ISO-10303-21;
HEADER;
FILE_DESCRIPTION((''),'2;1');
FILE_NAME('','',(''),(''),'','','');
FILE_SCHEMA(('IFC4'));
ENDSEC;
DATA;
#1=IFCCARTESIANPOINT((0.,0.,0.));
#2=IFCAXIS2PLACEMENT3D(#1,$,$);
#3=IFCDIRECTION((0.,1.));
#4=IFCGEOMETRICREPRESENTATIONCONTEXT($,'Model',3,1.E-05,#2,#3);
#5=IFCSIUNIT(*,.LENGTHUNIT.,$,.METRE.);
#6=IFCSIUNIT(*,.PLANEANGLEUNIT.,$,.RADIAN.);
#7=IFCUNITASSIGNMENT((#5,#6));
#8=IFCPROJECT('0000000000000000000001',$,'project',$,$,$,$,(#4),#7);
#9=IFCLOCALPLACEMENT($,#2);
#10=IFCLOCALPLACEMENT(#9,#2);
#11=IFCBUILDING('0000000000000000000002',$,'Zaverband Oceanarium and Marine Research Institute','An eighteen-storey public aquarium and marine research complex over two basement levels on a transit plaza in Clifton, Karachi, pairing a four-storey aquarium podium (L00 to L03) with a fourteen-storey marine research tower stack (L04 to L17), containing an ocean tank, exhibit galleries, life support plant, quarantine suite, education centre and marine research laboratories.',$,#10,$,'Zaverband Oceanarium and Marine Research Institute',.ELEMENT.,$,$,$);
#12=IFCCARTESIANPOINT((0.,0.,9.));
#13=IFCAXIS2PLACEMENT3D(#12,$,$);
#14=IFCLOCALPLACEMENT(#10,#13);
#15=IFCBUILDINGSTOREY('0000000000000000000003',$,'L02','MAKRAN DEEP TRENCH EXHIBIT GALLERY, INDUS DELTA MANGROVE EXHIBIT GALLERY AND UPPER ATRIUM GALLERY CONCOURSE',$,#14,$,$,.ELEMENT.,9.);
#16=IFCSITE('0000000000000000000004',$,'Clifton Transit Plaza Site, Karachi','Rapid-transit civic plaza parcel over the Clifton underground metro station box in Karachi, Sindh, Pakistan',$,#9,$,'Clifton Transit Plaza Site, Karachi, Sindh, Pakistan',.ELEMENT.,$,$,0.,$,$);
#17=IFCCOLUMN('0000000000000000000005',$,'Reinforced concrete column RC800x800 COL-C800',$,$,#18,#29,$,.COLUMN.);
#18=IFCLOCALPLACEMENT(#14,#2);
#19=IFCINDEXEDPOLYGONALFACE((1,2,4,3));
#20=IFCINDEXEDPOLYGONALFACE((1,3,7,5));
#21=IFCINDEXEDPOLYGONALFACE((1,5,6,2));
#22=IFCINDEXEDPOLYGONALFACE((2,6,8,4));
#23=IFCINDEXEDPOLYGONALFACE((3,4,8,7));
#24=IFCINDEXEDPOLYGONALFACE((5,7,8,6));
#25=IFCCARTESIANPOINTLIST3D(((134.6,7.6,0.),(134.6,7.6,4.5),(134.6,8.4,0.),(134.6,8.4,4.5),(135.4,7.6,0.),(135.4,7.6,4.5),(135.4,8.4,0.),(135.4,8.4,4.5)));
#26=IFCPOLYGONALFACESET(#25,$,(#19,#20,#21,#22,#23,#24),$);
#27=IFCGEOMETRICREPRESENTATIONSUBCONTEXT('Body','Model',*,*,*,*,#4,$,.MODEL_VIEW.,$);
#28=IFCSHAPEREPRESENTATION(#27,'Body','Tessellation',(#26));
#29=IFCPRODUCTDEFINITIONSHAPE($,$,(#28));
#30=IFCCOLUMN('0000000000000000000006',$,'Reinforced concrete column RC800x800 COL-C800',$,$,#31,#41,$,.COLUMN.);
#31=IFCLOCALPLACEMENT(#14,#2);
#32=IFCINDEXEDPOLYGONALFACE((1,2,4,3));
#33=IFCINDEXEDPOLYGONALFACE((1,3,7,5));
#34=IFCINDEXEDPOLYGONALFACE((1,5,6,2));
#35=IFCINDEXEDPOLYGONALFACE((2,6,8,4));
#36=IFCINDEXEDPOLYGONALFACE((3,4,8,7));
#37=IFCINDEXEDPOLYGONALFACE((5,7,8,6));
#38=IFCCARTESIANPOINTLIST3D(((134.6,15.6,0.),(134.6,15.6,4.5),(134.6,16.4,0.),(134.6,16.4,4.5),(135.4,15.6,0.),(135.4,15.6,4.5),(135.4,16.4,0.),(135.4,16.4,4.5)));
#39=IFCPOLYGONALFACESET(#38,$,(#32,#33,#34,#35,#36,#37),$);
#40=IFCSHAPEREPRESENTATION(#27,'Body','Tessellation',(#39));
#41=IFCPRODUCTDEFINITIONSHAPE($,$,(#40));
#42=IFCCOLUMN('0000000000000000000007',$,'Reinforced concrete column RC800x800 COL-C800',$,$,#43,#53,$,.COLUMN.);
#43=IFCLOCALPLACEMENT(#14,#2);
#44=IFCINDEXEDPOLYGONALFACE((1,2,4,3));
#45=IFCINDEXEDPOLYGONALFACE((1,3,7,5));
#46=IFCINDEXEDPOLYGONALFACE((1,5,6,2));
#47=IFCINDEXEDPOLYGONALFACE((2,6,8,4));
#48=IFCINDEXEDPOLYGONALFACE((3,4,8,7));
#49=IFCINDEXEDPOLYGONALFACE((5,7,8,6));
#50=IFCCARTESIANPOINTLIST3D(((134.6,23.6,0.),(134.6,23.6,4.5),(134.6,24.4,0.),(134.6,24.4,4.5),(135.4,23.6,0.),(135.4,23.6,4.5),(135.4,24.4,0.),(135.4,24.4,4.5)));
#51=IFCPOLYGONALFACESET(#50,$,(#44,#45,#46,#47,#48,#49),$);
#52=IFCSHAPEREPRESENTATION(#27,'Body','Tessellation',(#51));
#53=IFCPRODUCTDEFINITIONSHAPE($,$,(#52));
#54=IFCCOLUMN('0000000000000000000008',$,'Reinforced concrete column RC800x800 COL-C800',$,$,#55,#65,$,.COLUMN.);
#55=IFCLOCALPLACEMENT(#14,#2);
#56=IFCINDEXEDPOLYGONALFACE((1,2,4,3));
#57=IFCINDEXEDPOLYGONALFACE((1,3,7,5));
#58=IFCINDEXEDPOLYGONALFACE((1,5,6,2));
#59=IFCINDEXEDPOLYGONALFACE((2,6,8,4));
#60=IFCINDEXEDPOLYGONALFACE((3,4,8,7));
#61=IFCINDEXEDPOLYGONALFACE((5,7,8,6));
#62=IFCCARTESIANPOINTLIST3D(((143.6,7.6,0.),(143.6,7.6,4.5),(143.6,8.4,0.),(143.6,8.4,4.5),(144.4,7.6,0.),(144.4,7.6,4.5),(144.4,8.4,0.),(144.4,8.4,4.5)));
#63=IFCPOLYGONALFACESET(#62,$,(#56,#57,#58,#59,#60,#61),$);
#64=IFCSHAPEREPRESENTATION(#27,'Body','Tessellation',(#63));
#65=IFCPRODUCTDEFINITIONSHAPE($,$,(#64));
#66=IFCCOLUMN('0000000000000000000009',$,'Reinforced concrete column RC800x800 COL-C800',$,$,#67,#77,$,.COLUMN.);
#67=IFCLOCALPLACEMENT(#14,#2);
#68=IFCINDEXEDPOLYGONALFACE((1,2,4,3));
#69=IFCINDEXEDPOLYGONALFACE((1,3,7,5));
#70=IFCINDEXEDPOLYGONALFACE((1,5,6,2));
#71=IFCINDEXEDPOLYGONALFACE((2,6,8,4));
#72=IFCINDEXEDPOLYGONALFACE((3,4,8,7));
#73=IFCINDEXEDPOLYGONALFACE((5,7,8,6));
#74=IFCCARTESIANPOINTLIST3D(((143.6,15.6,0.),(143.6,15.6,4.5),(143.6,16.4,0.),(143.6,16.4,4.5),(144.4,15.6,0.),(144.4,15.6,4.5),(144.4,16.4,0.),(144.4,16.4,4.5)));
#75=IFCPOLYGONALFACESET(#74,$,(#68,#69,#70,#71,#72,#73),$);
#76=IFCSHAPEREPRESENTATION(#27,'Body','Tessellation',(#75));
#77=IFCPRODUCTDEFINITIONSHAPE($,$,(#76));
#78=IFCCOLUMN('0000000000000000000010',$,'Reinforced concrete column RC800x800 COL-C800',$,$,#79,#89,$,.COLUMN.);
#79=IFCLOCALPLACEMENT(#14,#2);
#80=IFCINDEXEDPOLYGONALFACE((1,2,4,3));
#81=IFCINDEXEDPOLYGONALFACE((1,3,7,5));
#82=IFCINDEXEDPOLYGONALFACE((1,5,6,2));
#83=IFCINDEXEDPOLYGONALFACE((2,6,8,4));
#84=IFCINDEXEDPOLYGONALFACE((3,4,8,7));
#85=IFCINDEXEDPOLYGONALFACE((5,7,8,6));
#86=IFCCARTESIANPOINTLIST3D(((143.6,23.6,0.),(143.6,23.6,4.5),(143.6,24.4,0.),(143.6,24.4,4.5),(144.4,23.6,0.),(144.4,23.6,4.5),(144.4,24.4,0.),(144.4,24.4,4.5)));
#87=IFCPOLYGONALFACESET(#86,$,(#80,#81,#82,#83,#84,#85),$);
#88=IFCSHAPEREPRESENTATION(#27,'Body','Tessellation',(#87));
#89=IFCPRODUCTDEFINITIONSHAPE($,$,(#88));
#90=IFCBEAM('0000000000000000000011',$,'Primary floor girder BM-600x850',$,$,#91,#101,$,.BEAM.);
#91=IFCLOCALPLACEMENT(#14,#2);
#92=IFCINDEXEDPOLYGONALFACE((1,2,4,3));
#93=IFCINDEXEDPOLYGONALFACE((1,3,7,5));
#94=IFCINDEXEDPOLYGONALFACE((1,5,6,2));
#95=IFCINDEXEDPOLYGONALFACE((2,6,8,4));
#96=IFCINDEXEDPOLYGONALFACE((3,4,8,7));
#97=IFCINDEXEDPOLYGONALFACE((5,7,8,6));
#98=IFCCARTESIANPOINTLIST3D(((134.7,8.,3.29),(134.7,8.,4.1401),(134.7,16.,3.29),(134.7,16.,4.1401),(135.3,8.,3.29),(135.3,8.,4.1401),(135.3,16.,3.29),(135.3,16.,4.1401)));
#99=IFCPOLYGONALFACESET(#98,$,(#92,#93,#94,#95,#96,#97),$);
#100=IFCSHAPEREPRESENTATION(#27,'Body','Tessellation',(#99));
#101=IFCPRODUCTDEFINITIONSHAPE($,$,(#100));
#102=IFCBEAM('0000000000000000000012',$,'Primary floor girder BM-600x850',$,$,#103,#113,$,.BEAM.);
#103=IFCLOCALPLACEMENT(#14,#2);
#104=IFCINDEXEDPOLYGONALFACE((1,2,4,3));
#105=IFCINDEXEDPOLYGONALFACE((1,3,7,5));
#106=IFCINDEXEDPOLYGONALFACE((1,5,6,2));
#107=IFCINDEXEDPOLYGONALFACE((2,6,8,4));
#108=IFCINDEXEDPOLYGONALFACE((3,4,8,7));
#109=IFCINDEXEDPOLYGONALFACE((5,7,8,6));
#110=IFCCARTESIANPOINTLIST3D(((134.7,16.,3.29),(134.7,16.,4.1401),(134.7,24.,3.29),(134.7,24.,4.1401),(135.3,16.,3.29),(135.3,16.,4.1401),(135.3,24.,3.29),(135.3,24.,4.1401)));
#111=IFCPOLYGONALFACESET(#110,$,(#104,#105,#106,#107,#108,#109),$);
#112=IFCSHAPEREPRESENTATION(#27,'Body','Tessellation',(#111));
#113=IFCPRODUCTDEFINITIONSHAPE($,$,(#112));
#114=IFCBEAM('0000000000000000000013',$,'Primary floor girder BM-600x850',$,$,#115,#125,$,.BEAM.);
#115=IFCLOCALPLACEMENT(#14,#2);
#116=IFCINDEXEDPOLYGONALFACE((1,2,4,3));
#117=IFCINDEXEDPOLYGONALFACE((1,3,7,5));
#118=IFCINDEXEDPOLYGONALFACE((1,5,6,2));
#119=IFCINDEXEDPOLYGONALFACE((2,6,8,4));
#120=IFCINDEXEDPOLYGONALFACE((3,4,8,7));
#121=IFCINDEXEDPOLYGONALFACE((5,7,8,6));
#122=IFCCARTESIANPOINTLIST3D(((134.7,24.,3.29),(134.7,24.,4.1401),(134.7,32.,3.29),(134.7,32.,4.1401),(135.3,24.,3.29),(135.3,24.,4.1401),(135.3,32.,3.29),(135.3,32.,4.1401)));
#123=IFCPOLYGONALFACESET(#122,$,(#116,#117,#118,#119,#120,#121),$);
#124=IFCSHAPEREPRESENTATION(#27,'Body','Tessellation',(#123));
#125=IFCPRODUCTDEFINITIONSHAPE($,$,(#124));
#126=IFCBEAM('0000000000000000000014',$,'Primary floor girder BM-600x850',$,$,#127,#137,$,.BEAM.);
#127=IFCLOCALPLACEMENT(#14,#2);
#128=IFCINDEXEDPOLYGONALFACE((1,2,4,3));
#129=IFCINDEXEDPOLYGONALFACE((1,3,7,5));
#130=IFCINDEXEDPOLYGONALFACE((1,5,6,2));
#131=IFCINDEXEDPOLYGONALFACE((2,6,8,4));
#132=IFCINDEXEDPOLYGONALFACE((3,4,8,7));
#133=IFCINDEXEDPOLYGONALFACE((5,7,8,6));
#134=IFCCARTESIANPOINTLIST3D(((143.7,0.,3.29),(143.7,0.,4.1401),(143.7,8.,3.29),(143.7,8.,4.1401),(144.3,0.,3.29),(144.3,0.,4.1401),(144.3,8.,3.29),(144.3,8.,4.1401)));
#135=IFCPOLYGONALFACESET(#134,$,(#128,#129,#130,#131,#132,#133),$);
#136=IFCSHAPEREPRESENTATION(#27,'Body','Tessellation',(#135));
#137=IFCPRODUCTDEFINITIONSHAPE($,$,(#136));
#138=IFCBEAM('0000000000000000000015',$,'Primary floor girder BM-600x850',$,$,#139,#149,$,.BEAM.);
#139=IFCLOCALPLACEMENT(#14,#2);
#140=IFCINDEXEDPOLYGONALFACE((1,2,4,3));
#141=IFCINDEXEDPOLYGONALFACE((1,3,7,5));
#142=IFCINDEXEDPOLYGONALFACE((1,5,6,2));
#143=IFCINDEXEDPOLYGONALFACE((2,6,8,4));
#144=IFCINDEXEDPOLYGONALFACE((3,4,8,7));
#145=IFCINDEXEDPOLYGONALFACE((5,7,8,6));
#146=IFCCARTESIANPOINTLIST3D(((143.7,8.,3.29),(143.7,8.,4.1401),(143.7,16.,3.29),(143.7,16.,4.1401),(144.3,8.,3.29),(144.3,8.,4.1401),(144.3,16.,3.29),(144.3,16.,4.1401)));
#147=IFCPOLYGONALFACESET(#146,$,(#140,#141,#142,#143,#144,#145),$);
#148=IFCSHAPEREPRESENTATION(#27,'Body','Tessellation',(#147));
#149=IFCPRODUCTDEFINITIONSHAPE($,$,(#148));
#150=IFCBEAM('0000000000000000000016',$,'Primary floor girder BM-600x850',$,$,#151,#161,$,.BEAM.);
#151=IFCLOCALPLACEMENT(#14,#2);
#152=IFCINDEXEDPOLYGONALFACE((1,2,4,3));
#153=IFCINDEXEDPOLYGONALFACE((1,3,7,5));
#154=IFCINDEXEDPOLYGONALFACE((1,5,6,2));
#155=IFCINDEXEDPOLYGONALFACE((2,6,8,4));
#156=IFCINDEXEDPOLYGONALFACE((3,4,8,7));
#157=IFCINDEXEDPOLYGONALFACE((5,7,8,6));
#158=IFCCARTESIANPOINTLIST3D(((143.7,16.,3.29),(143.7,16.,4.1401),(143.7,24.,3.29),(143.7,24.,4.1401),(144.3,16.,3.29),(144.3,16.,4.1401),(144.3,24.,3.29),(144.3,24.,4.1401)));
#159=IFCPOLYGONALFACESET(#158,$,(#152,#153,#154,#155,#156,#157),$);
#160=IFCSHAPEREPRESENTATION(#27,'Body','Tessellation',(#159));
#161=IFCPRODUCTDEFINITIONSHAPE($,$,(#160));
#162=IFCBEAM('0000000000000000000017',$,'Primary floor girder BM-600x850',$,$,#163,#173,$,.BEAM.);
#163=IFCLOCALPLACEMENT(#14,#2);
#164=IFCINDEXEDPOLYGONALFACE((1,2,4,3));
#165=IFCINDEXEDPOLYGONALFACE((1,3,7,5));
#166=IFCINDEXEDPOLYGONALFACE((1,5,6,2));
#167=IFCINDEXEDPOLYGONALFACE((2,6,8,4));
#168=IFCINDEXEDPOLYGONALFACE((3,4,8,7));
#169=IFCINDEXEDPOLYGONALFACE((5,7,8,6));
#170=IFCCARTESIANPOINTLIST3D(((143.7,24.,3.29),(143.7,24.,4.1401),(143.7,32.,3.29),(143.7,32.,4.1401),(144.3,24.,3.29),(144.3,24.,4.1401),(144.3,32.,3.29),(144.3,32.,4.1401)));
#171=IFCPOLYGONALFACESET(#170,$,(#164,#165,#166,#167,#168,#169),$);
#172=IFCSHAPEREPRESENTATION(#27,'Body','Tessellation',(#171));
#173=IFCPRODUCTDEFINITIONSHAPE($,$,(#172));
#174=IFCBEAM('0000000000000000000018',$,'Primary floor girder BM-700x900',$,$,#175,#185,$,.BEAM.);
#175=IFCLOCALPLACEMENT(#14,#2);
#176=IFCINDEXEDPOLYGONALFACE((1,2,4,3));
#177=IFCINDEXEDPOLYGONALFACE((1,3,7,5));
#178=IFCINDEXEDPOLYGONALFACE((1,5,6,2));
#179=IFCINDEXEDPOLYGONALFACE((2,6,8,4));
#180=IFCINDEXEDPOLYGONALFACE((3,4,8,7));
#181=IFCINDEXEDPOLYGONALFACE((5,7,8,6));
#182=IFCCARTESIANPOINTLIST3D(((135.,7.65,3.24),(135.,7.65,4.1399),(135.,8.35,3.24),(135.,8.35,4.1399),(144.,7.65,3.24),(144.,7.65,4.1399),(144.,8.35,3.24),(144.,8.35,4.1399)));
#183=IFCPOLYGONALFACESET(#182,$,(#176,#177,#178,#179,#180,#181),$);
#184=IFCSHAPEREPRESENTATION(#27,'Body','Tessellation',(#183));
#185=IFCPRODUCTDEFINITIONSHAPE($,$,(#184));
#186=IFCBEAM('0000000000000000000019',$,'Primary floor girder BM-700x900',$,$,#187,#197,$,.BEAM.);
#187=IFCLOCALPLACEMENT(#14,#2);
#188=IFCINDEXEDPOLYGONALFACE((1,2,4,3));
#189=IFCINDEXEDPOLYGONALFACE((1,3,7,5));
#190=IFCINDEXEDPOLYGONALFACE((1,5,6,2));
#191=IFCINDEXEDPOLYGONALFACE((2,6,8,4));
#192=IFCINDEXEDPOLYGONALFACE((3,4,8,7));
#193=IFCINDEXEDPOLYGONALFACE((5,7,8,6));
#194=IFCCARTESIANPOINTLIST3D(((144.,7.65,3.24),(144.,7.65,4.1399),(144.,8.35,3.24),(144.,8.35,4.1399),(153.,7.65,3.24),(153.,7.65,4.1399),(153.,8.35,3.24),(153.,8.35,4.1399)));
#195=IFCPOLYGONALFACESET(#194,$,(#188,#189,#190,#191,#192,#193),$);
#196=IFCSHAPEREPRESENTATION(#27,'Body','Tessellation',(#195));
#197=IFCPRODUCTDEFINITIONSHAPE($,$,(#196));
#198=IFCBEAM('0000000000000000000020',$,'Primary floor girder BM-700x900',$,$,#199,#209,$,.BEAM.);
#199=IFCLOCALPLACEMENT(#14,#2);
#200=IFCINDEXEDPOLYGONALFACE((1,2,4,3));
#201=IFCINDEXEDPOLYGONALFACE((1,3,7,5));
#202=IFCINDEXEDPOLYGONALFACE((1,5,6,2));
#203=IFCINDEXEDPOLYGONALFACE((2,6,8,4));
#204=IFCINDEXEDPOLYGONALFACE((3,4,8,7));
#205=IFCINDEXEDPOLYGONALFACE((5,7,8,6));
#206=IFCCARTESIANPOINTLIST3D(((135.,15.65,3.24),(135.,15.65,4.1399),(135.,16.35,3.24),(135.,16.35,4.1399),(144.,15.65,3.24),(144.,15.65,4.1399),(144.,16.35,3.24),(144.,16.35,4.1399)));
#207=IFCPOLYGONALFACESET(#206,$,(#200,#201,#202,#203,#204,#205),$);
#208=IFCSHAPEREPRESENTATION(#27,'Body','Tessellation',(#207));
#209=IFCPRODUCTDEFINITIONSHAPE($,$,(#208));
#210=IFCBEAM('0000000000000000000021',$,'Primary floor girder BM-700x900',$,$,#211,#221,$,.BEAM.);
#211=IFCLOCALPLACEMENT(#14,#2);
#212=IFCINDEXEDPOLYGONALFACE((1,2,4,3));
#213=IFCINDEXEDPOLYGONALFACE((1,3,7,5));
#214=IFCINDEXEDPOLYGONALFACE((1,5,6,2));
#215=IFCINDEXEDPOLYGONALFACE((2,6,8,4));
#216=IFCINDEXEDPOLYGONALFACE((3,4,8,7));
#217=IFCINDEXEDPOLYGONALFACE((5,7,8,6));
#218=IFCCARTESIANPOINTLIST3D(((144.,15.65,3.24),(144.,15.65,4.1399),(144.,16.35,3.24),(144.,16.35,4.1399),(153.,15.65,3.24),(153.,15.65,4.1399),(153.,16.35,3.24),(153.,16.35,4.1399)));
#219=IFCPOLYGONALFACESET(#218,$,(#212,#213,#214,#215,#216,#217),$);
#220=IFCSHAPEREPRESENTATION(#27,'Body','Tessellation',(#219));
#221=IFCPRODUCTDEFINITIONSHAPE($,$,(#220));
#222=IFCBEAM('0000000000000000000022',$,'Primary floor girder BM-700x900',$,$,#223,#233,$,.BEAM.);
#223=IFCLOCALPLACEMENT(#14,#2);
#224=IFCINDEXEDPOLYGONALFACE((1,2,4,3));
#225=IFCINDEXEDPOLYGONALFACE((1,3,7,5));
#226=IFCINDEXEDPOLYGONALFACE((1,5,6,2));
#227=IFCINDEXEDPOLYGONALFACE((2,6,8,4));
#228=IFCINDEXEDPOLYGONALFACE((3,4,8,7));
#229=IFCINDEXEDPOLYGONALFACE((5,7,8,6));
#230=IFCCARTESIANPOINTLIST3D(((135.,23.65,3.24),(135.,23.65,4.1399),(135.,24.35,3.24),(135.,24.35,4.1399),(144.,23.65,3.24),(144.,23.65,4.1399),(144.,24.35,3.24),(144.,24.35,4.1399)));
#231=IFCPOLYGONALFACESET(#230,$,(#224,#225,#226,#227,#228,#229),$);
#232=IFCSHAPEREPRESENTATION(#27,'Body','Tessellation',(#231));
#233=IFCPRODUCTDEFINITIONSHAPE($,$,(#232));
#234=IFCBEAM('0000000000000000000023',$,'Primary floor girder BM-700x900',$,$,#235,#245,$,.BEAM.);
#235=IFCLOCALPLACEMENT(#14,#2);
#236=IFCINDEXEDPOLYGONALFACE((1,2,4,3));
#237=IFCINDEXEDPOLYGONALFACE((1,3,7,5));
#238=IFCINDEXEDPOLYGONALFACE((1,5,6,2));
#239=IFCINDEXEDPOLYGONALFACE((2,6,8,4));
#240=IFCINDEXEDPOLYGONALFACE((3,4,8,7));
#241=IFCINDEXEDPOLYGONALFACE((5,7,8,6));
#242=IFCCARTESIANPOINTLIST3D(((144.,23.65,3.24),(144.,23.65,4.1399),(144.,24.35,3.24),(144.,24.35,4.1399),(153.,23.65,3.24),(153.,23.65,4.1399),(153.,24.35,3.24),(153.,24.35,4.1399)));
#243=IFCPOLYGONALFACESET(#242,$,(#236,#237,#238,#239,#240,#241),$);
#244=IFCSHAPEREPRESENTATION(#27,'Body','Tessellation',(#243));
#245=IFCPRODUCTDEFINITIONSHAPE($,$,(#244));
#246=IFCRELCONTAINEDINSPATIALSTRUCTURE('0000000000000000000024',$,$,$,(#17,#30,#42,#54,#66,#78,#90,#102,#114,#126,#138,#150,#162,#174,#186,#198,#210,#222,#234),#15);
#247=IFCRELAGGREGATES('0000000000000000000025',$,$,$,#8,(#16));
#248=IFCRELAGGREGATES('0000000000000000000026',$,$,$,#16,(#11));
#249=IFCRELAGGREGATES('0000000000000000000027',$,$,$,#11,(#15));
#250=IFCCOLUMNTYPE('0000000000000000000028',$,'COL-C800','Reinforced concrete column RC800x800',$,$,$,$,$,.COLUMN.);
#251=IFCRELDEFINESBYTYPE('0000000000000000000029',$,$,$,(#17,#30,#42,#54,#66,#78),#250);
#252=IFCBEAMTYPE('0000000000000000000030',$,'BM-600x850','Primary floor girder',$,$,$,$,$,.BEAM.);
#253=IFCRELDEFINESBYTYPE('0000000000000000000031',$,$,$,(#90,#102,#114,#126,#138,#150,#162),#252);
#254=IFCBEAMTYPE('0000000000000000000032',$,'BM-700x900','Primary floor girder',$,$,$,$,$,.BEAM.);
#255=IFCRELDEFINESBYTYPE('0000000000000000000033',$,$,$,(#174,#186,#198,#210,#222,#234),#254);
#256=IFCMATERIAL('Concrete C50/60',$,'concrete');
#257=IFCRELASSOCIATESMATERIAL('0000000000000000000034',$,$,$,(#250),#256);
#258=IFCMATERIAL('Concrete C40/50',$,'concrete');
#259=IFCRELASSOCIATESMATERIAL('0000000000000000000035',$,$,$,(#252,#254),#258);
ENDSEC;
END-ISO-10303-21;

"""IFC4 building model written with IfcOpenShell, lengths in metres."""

from ifc_helpers import new_model, si_unit, direction, frame, origin, origin_2d, place, context, subcontext, project, spatial, rectangle, extrude, material, material_profile, profile_set, type_object, element, save


model = new_model("IFC4")

# Units and contexts
model_context = context("Model", 3, precision=1e-05, world=origin(), true_north=direction((0.0, 1.0)))
body_context = subcontext(model_context, "Body", "Model", "MODEL_VIEW")
ifc_project = project(units=[si_unit("LENGTHUNIT", "METRE"), si_unit("PLANEANGLEUNIT", "RADIAN")], contexts=[model_context])

# Site, building, storey
site_placement = place(None, origin())
site = spatial("IfcSite", under=ifc_project, at=site_placement, Name="Clifton Transit Plaza Site, Karachi", Description="Rapid-transit civic plaza parcel over the Clifton underground metro station box in Karachi, Sindh, Pakistan", LongName="Clifton Transit Plaza Site, Karachi, Sindh, Pakistan", CompositionType="ELEMENT", RefElevation=0.0)
building_placement = place(site_placement, origin())
building = spatial("IfcBuilding", under=site, at=building_placement, Name="Zaverband Oceanarium and Marine Research Institute", Description="An eighteen-storey public aquarium and marine research complex over two basement levels on a transit plaza in Clifton, Karachi, pairing a four-storey aquarium podium (L00 to L03) with a fourteen-storey marine research tower stack (L04 to L17), containing an ocean tank, exhibit galleries, life support plant, quarantine suite, education centre and marine research laboratories.", LongName="Zaverband Oceanarium and Marine Research Institute", CompositionType="ELEMENT")
storey_placement = place(building_placement, frame((0.0, 0.0, 9.0)))
storey = spatial("IfcBuildingStorey", under=building, at=storey_placement, Name="L02", Description="MAKRAN DEEP TRENCH EXHIBIT GALLERY, INDUS DELTA MANGROVE EXHIBIT GALLERY AND UPPER ATRIUM GALLERY CONCOURSE", CompositionType="ELEMENT", Elevation=9.0)

# Columns
ifc_material_1 = material(Name="Concrete C50/60", Category="concrete")
ifc_material_profile_1 = material_profile(ifc_material_1, rectangle(XDim=0.8, YDim=0.8, at=origin_2d()), Name="RC800x800")
ifc_profile_set_1 = profile_set([ifc_material_profile_1], Name="Concrete C50/60")
column_type = type_object("IfcColumnType", Name="COL-C800", Description="Reinforced concrete column RC800x800", PredefinedType="COLUMN", material=ifc_profile_set_1)
for number, where, z_axis, x_axis, name in (
    (1, (135.0, 8.0, 0.0), (0.0, 0.0, 1.0), (1.0, 0.0, 0.0), "Reinforced concrete column RC800x800 COL-C800"),
    (2, (135.0, 16.0, 0.0), (0.0, 0.0, 1.0), (1.0, 0.0, 0.0), "Reinforced concrete column RC800x800 COL-C800"),
    (3, (135.0, 24.0, 0.0), (0.0, 0.0, 1.0), (1.0, 0.0, 0.0), "Reinforced concrete column RC800x800 COL-C800"),
    (4, (144.0, 8.0, 0.0), (0.0, 0.0, 1.0), (1.0, 0.0, 0.0), "Reinforced concrete column RC800x800 COL-C800"),
    (5, (144.0, 16.0, 0.0), (0.0, 0.0, 1.0), (1.0, 0.0, 0.0), "Reinforced concrete column RC800x800 COL-C800"),
    (6, (144.0, 24.0, 0.0), (0.0, 0.0, 1.0), (1.0, 0.0, 0.0), "Reinforced concrete column RC800x800 COL-C800"),
):
    element("IfcColumn", number, at=place(storey_placement, frame(where, z_axis=z_axis, x_axis=x_axis)), inside=storey, type_object=column_type, Name=name, PredefinedType="COLUMN", context=body_context, shape_type="SweptSolid", body=[
        extrude(rectangle(XDim=0.8, YDim=0.8, at=origin_2d()), origin(), (0.0, 0.0, 1.0), 4.5),
    ])

# Beams
ifc_material_2 = material(Name="Concrete C40/50", Category="concrete")
ifc_material_profile_2 = material_profile(ifc_material_2, rectangle(XDim=0.6001, YDim=0.8501, at=origin_2d()), Name="RC600x850")
ifc_profile_set_2 = profile_set([ifc_material_profile_2], Name="Concrete C40/50")
beam_type_1 = type_object("IfcBeamType", Name="BM-600x850", Description="Primary floor girder", PredefinedType="BEAM", material=ifc_profile_set_2)
for number, where, z_axis, x_axis, name in (
    (7, (135.0, 8.0, 3.7151), (0.0, 1.0, 0.0), (-1.0, 0.0, 0.0), "Primary floor girder BM-600x850"),
    (8, (135.0, 16.0, 3.7151), (0.0, 1.0, 0.0), (-1.0, 0.0, 0.0), "Primary floor girder BM-600x850"),
    (9, (135.0, 24.0, 3.7151), (0.0, 1.0, 0.0), (-1.0, 0.0, 0.0), "Primary floor girder BM-600x850"),
    (10, (144.0, 0.0, 3.7151), (0.0, 1.0, 0.0), (-1.0, 0.0, 0.0), "Primary floor girder BM-600x850"),
    (11, (144.0, 8.0, 3.7151), (0.0, 1.0, 0.0), (-1.0, 0.0, 0.0), "Primary floor girder BM-600x850"),
    (12, (144.0, 16.0, 3.7151), (0.0, 1.0, 0.0), (-1.0, 0.0, 0.0), "Primary floor girder BM-600x850"),
    (13, (144.0, 24.0, 3.7151), (0.0, 1.0, 0.0), (-1.0, 0.0, 0.0), "Primary floor girder BM-600x850"),
):
    element("IfcBeam", number, at=place(storey_placement, frame(where, z_axis=z_axis, x_axis=x_axis)), inside=storey, type_object=beam_type_1, Name=name, PredefinedType="BEAM", context=body_context, shape_type="SweptSolid", body=[
        extrude(rectangle(XDim=0.6001, YDim=0.8501, at=origin_2d()), origin(), (0.0, 0.0, 1.0), 8.0),
    ])
ifc_material_profile_3 = material_profile(ifc_material_2, rectangle(XDim=0.7, YDim=0.8999, at=origin_2d()), Name="RC700x900")
ifc_profile_set_3 = profile_set([ifc_material_profile_3], Name="Concrete C40/50")
beam_type_2 = type_object("IfcBeamType", Name="BM-700x900", Description="Primary floor girder", PredefinedType="BEAM", material=ifc_profile_set_3)
for number, where, z_axis, x_axis, name in (
    (14, (135.0, 8.0, 3.6899), (1.0, 0.0, 0.0), (0.0, 1.0, 0.0), "Primary floor girder BM-700x900"),
    (15, (144.0, 8.0, 3.6899), (1.0, 0.0, 0.0), (0.0, 1.0, 0.0), "Primary floor girder BM-700x900"),
    (16, (135.0, 16.0, 3.6899), (1.0, 0.0, 0.0), (0.0, 1.0, 0.0), "Primary floor girder BM-700x900"),
    (17, (144.0, 16.0, 3.6899), (1.0, 0.0, 0.0), (0.0, 1.0, 0.0), "Primary floor girder BM-700x900"),
    (18, (135.0, 24.0, 3.6899), (1.0, 0.0, 0.0), (0.0, 1.0, 0.0), "Primary floor girder BM-700x900"),
    (19, (144.0, 24.0, 3.6899), (1.0, 0.0, 0.0), (0.0, 1.0, 0.0), "Primary floor girder BM-700x900"),
):
    element("IfcBeam", number, at=place(storey_placement, frame(where, z_axis=z_axis, x_axis=x_axis)), inside=storey, type_object=beam_type_2, Name=name, PredefinedType="BEAM", context=body_context, shape_type="SweptSolid", body=[
        extrude(rectangle(XDim=0.7, YDim=0.8999, at=origin_2d()), origin(), (0.0, 0.0, 1.0), 9.0),
    ])

save(model, "model.ifc")
